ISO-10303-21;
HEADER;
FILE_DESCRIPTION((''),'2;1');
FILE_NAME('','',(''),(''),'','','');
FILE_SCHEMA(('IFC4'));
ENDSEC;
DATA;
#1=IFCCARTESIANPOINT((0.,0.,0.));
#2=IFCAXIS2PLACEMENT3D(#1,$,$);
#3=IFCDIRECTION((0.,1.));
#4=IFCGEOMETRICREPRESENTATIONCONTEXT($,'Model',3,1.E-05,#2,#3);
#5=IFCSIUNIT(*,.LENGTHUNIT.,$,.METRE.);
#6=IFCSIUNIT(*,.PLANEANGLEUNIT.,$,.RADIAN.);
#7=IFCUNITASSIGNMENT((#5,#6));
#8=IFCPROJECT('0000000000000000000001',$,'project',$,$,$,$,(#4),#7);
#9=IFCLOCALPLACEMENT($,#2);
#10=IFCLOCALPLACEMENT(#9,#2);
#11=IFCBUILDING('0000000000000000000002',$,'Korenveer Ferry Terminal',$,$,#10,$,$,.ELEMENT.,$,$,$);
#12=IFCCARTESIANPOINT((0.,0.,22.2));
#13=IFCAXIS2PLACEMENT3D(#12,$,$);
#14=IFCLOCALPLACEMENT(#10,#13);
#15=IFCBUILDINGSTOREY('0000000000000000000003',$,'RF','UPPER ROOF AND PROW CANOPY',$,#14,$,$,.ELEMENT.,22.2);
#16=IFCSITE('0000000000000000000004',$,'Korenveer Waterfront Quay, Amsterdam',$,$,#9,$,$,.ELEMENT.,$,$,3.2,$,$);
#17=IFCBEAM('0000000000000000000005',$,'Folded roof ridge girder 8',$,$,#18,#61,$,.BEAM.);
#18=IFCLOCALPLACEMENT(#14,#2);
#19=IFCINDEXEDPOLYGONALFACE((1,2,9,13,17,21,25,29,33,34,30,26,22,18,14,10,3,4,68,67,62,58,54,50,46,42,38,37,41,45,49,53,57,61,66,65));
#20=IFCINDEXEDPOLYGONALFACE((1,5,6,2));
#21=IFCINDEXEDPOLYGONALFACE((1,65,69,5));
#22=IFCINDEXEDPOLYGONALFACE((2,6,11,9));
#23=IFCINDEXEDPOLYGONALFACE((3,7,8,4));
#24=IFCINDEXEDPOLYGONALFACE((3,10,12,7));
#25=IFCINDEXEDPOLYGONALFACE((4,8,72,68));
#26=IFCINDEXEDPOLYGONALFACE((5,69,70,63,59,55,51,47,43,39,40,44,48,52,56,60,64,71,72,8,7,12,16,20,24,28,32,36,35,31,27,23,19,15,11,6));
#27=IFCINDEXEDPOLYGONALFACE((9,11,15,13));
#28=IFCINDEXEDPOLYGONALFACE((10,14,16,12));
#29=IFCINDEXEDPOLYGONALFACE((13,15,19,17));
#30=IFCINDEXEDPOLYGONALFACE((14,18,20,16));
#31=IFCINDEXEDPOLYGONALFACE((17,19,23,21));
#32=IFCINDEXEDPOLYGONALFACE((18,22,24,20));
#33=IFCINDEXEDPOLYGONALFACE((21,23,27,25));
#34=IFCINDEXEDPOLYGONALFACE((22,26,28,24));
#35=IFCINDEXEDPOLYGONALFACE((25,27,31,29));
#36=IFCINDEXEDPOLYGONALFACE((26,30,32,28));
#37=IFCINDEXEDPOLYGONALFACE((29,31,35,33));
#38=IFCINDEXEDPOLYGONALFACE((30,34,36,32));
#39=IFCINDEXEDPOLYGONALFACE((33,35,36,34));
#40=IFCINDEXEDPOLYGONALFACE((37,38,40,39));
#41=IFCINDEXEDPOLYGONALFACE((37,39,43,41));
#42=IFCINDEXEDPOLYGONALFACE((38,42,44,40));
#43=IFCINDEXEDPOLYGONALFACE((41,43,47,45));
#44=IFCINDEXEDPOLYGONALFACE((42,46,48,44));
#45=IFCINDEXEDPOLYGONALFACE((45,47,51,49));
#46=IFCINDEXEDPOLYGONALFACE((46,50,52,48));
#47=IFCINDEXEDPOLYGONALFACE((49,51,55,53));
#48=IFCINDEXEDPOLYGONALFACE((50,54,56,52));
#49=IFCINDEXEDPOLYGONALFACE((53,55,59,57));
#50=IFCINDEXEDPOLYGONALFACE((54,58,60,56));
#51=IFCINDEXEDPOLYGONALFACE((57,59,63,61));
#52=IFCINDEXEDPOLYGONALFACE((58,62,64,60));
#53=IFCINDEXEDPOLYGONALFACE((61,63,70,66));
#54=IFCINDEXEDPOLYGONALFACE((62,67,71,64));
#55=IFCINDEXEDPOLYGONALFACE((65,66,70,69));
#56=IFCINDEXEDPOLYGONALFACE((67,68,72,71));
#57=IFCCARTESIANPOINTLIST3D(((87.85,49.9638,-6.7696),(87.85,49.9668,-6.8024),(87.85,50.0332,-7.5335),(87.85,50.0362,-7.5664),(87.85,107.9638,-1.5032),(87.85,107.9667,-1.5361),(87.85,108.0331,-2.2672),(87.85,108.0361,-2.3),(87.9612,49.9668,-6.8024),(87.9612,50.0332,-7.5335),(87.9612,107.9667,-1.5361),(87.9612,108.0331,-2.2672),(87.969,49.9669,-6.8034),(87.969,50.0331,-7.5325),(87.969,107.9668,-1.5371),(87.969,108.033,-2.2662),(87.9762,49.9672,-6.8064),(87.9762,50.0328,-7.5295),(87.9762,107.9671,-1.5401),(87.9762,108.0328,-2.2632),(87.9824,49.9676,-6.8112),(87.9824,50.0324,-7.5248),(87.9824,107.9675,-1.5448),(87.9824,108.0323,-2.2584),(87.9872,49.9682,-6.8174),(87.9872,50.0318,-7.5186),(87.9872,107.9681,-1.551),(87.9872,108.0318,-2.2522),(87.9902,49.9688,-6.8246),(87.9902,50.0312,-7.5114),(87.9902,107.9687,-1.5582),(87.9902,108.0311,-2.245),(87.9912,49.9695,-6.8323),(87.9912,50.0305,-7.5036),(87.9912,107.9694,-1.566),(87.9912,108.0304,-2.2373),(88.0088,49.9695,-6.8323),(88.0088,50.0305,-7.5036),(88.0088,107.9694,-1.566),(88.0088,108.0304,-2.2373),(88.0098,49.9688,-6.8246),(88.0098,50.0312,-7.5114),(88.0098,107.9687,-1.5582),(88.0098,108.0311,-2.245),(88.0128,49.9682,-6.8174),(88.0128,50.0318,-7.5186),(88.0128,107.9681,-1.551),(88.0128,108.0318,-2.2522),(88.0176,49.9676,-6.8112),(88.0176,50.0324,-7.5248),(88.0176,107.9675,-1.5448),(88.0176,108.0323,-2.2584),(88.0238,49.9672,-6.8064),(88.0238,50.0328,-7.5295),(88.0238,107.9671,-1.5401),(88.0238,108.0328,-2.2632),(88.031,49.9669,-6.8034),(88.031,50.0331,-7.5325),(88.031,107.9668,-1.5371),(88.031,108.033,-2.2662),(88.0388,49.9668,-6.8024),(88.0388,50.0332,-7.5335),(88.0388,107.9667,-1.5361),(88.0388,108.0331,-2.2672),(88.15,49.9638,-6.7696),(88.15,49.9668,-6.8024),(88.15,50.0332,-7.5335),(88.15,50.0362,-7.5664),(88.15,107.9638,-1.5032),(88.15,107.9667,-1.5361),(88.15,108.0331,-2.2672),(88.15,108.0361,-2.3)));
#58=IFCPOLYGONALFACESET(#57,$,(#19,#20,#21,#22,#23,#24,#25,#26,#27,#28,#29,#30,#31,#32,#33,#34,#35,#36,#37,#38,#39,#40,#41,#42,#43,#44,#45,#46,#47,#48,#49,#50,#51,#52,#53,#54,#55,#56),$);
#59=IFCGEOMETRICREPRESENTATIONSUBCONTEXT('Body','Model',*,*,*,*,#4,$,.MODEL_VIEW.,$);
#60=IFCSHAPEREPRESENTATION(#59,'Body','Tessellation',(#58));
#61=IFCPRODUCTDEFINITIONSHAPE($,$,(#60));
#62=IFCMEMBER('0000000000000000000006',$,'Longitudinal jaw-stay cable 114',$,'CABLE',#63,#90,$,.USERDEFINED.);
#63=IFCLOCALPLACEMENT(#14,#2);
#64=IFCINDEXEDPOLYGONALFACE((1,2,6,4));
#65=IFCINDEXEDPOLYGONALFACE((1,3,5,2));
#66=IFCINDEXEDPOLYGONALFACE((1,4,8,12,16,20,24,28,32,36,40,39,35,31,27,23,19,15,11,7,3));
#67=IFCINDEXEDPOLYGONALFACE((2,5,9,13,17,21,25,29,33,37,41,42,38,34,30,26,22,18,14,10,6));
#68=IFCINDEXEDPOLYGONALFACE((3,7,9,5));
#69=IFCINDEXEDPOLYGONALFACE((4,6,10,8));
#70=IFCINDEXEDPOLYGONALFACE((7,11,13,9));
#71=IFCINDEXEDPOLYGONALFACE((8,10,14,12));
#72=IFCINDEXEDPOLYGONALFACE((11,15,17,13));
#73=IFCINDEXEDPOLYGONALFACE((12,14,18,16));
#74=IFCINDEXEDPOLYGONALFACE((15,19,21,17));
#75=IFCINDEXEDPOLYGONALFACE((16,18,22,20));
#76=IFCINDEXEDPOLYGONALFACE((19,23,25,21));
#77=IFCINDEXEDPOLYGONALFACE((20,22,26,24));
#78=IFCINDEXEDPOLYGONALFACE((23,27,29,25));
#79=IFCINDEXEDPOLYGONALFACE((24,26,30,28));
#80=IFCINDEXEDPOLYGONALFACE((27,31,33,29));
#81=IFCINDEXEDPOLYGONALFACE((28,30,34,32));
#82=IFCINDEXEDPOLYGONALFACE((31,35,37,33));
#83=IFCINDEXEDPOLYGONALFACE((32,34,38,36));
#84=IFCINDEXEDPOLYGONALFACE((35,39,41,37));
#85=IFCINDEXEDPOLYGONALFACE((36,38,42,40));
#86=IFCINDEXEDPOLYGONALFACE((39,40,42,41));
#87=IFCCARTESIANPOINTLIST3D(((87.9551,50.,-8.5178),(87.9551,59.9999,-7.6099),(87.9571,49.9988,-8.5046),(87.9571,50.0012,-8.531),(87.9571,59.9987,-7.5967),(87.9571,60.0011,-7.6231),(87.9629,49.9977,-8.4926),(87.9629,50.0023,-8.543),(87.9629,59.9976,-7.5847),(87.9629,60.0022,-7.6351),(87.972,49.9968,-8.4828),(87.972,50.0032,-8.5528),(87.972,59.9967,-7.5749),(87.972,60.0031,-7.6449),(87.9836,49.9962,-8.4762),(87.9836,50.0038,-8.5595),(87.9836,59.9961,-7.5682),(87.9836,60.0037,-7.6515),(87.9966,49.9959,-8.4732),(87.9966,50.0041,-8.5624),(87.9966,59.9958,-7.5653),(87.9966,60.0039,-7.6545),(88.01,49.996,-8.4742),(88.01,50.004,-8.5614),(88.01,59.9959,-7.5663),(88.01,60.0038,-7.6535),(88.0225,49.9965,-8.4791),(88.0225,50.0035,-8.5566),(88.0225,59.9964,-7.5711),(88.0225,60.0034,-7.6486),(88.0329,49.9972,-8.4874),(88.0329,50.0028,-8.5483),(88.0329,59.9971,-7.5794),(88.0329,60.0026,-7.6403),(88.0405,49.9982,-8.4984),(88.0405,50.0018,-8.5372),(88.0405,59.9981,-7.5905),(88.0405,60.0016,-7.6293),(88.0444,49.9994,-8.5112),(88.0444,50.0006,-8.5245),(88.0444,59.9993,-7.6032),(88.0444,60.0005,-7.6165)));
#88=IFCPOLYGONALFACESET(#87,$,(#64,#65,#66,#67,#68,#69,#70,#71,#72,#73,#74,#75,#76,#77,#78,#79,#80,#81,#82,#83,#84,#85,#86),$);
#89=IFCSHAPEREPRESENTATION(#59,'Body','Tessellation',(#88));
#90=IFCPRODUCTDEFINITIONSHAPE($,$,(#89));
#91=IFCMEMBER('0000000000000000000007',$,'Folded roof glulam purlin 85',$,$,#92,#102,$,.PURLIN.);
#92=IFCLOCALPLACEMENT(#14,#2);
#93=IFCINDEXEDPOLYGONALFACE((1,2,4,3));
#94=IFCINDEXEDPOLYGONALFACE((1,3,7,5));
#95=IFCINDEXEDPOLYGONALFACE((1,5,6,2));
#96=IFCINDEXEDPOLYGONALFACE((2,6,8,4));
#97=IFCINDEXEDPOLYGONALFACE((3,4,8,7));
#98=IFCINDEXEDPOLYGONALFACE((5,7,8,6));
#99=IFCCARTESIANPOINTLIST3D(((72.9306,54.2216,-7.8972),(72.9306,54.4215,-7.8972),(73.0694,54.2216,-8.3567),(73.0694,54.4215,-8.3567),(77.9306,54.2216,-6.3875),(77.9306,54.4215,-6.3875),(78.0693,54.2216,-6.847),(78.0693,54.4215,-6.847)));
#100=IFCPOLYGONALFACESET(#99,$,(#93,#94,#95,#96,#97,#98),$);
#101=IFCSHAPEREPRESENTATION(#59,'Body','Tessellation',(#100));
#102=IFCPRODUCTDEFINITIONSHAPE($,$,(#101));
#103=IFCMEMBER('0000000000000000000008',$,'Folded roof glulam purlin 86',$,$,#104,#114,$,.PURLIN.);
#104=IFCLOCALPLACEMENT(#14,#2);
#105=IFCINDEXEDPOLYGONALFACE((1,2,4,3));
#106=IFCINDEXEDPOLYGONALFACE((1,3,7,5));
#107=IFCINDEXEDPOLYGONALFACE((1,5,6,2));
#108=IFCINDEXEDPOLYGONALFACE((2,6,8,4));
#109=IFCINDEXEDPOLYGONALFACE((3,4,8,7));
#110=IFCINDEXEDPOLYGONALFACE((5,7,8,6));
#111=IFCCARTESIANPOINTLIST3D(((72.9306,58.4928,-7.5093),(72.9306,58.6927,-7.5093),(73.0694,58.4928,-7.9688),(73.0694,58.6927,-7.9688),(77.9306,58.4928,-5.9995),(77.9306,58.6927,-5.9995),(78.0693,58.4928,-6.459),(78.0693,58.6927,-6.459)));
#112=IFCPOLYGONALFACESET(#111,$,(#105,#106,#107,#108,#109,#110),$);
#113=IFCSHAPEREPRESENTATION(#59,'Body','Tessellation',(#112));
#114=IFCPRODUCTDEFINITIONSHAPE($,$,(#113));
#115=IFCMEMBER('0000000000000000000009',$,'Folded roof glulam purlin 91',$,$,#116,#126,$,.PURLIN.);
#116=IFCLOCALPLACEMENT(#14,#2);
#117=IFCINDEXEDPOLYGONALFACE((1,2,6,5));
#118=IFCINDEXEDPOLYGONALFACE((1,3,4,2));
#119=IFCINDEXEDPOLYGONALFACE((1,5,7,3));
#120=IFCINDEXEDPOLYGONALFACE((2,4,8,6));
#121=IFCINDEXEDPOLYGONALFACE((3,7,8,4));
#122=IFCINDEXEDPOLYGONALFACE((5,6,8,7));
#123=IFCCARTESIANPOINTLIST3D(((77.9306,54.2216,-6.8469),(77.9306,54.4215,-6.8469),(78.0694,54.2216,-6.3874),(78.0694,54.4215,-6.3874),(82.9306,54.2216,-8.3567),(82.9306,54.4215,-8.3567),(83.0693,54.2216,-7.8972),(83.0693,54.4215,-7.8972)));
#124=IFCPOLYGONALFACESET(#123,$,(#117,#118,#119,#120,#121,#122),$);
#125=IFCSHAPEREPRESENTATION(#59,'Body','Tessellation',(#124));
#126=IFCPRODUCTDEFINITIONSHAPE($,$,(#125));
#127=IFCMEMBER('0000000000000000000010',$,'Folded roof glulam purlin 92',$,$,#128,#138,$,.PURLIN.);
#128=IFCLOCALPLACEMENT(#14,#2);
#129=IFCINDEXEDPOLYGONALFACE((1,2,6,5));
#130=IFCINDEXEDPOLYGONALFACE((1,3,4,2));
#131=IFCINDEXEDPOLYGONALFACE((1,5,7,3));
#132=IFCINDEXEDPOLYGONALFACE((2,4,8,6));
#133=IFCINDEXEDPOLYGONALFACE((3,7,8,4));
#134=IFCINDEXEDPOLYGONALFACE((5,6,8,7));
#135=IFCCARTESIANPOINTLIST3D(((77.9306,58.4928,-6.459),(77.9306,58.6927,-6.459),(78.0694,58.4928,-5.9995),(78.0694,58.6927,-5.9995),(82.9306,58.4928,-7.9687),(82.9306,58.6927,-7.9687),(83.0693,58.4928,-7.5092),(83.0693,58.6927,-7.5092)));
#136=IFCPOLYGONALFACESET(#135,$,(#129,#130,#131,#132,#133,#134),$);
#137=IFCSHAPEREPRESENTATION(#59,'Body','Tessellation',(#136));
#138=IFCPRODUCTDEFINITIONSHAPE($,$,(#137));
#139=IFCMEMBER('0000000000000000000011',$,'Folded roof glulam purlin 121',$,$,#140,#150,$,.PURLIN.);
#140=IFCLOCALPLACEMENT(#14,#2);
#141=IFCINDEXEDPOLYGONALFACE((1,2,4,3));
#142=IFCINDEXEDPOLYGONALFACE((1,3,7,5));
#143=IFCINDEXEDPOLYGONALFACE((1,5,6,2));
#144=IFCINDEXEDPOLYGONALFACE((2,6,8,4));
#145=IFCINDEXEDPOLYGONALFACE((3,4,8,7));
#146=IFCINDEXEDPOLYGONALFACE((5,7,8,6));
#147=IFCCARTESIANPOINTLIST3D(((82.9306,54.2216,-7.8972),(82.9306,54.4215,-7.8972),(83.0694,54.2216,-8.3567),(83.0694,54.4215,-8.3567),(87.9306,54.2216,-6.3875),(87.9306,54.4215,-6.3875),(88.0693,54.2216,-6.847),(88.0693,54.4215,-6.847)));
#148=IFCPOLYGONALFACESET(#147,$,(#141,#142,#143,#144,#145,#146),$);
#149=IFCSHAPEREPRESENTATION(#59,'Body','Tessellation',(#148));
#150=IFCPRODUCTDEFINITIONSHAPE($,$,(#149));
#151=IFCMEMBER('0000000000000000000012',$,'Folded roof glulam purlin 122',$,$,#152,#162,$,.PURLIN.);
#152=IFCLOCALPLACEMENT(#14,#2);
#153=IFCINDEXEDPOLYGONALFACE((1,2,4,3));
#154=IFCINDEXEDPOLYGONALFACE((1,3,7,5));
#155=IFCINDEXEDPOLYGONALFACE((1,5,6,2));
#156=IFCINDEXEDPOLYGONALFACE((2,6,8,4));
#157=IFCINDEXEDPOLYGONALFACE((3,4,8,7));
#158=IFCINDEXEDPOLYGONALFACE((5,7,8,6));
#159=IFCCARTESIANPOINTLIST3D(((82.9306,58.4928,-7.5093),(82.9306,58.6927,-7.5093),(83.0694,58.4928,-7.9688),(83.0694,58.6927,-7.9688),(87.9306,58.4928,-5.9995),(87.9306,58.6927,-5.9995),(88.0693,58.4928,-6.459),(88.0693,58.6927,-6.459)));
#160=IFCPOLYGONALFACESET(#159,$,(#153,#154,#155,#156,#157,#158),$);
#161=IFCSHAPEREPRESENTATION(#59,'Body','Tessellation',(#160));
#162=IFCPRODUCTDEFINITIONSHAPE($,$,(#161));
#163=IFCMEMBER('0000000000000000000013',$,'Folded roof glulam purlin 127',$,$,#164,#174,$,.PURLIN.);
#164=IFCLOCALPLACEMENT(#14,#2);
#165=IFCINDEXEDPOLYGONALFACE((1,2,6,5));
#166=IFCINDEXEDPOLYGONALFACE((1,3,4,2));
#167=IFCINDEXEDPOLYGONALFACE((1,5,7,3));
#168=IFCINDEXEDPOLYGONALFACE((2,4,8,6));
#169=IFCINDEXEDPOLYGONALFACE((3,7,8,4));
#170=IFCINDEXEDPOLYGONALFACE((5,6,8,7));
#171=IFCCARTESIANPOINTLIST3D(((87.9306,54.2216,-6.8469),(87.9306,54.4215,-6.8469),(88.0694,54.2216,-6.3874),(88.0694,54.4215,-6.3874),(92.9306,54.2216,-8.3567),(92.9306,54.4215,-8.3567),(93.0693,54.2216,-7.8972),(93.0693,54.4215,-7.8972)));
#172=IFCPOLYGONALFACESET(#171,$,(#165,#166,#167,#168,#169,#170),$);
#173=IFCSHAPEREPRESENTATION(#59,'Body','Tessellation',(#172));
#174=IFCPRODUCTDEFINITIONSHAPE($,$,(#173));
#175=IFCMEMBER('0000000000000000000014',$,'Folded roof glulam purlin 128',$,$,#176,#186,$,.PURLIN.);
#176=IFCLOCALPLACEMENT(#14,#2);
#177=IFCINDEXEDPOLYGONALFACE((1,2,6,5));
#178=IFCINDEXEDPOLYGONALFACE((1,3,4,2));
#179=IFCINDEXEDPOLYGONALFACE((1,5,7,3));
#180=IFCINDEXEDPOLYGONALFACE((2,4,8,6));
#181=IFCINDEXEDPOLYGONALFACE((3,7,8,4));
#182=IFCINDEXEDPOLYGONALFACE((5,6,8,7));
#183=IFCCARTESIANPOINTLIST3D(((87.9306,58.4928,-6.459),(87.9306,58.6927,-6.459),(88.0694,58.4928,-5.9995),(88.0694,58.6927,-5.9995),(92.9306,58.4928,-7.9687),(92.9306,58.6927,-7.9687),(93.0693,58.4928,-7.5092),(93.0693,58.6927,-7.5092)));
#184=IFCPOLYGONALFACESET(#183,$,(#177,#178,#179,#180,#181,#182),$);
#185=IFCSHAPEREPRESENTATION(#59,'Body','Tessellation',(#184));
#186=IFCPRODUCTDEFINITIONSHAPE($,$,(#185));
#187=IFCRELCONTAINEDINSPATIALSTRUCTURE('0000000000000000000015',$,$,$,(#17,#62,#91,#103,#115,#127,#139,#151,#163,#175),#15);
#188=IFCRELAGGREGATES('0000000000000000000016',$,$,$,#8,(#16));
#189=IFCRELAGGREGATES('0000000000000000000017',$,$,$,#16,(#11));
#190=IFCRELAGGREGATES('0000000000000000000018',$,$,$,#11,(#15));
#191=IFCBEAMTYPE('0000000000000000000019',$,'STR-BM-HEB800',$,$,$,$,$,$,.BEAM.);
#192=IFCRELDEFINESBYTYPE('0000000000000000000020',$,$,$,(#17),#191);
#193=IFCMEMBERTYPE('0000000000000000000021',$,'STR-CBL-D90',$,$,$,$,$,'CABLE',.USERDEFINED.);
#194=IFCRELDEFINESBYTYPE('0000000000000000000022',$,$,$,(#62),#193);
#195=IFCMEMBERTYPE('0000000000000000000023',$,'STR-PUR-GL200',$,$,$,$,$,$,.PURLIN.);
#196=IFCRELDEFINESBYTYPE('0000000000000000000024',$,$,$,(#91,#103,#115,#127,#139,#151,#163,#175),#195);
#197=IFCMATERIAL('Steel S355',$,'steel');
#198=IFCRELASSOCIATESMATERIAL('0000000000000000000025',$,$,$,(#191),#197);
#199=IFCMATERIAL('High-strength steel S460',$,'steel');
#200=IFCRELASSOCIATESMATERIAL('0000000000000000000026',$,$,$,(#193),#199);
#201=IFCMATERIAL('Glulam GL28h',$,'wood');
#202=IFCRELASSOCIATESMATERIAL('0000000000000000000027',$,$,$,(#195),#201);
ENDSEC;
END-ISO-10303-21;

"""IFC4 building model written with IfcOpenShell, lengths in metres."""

from ifc_helpers import new_model, si_unit, direction, frame, origin, origin_2d, place, context, subcontext, project, spatial, rectangle, circle, i_section, extrude, material, material_profile, profile_set, type_object, element, save


model = new_model("IFC4")

# Units and contexts
model_context = context("Model", 3, precision=1e-05, world=origin(), true_north=direction((0.0, 1.0)))
body_context = subcontext(model_context, "Body", "Model", "MODEL_VIEW")
ifc_project = project(units=[si_unit("LENGTHUNIT", "METRE"), si_unit("PLANEANGLEUNIT", "RADIAN")], contexts=[model_context])

# Site, building, storey
site_placement = place(None, origin())
site = spatial("IfcSite", under=ifc_project, at=site_placement, Name="Korenveer Waterfront Quay, Amsterdam", CompositionType="ELEMENT", RefElevation=3.2)
building_placement = place(site_placement, origin())
building = spatial("IfcBuilding", under=site, at=building_placement, Name="Korenveer Ferry Terminal", CompositionType="ELEMENT")
storey_placement = place(building_placement, frame((0.0, 0.0, 22.2)))
storey = spatial("IfcBuildingStorey", under=building, at=storey_placement, Name="RF", Description="UPPER ROOF AND PROW CANOPY", CompositionType="ELEMENT", Elevation=22.2)

# Beam
ifc_material_1 = material(Name="Steel S355", Category="steel")
ifc_material_profile_1 = material_profile(ifc_material_1, i_section(OverallWidth=0.3, OverallDepth=0.8, WebThickness=0.0176, FlangeThickness=0.033, FilletRadius=0.03, at=origin_2d()), Name="HEB 800")
ifc_profile_set_1 = profile_set([ifc_material_profile_1], Name="Steel S355")
beam_type_1 = type_object("IfcBeamType", Name="STR-BM-HEB800", PredefinedType="BEAM", material=ifc_profile_set_1)
beam_1_placement = place(storey_placement, frame((88.0, 50.0, -7.168), z_axis=(0.0, 0.995903, 0.090427), x_axis=(-1.0, 0.0, 0.0)))
element("IfcBeam", 1, at=beam_1_placement, inside=storey, type_object=beam_type_1, Name="Folded roof ridge girder 8", PredefinedType="BEAM", context=body_context, shape_type="SweptSolid", body=[
    extrude(i_section(OverallWidth=0.3, OverallDepth=0.8, WebThickness=0.0176, FlangeThickness=0.033, FilletRadius=0.03, at=origin_2d()), origin(), (0.0, 0.0, 1.0), 58.2385),
])

# Members
ifc_material_2 = material(Name="High-strength steel S460", Category="steel")
ifc_material_profile_2 = material_profile(ifc_material_2, circle(Radius=0.0449, at=origin_2d()), Name="ROD D90")
ifc_profile_set_2 = profile_set([ifc_material_profile_2], Name="High-strength steel S460")
member_type_1 = type_object("IfcMemberType", Name="STR-CBL-D90", ElementType="CABLE", PredefinedType="USERDEFINED", material=ifc_profile_set_2)
member_1_placement = place(storey_placement, frame((88.0, 50.0, -8.5178), z_axis=(0.0, 0.995903, 0.090424), x_axis=(-1.0, 0.0, 0.0)))
element("IfcMember", 2, at=member_1_placement, inside=storey, type_object=member_type_1, Name="Longitudinal jaw-stay cable 114", ObjectType="CABLE", PredefinedType="USERDEFINED", context=body_context, shape_type="SweptSolid", body=[
    extrude(circle(Radius=0.0449, at=origin_2d()), origin(), (0.0, 0.0, 1.0), 10.041),
])
ifc_material_3 = material(Name="Glulam GL28h", Category="wood")
ifc_material_profile_3 = material_profile(ifc_material_3, rectangle(XDim=0.2, YDim=0.48, at=origin_2d()), Name="GL 200x480")
ifc_profile_set_3 = profile_set([ifc_material_profile_3], Name="Glulam GL28h")
member_type_2 = type_object("IfcMemberType", Name="STR-PUR-GL200", PredefinedType="PURLIN", material=ifc_profile_set_3)
for number, where, z_axis, x_axis, name in (
    (3, (73.0, 54.3215, -8.127), (0.95731, 0.0, 0.289063), (0.0, 1.0, 0.0), "Folded roof glulam purlin 85"),
    (4, (73.0, 58.5928, -7.739), (0.95731, 0.0, 0.289063), (0.0, 1.0, 0.0), "Folded roof glulam purlin 86"),
    (5, (78.0, 54.3215, -6.6172), (0.95731, 0.0, -0.289063), (0.0, 1.0, 0.0), "Folded roof glulam purlin 91"),
    (6, (78.0, 58.5928, -6.2292), (0.95731, 0.0, -0.289063), (0.0, 1.0, 0.0), "Folded roof glulam purlin 92"),
    (7, (83.0, 54.3215, -8.127), (0.95731, 0.0, 0.289063), (0.0, 1.0, 0.0), "Folded roof glulam purlin 121"),
    (8, (83.0, 58.5928, -7.739), (0.95731, 0.0, 0.289063), (0.0, 1.0, 0.0), "Folded roof glulam purlin 122"),
    (9, (88.0, 54.3215, -6.6172), (0.95731, 0.0, -0.289063), (0.0, 1.0, 0.0), "Folded roof glulam purlin 127"),
    (10, (88.0, 58.5928, -6.2292), (0.95731, 0.0, -0.289063), (0.0, 1.0, 0.0), "Folded roof glulam purlin 128"),
):
    element("IfcMember", number, at=place(storey_placement, frame(where, z_axis=z_axis, x_axis=x_axis)), inside=storey, type_object=member_type_2, Name=name, PredefinedType="PURLIN", context=body_context, shape_type="SweptSolid", body=[
        extrude(rectangle(XDim=0.2, YDim=0.48, at=origin_2d()), origin(), (0.0, 0.0, 1.0), 5.2229),
    ])

save(model, "model.ifc")
